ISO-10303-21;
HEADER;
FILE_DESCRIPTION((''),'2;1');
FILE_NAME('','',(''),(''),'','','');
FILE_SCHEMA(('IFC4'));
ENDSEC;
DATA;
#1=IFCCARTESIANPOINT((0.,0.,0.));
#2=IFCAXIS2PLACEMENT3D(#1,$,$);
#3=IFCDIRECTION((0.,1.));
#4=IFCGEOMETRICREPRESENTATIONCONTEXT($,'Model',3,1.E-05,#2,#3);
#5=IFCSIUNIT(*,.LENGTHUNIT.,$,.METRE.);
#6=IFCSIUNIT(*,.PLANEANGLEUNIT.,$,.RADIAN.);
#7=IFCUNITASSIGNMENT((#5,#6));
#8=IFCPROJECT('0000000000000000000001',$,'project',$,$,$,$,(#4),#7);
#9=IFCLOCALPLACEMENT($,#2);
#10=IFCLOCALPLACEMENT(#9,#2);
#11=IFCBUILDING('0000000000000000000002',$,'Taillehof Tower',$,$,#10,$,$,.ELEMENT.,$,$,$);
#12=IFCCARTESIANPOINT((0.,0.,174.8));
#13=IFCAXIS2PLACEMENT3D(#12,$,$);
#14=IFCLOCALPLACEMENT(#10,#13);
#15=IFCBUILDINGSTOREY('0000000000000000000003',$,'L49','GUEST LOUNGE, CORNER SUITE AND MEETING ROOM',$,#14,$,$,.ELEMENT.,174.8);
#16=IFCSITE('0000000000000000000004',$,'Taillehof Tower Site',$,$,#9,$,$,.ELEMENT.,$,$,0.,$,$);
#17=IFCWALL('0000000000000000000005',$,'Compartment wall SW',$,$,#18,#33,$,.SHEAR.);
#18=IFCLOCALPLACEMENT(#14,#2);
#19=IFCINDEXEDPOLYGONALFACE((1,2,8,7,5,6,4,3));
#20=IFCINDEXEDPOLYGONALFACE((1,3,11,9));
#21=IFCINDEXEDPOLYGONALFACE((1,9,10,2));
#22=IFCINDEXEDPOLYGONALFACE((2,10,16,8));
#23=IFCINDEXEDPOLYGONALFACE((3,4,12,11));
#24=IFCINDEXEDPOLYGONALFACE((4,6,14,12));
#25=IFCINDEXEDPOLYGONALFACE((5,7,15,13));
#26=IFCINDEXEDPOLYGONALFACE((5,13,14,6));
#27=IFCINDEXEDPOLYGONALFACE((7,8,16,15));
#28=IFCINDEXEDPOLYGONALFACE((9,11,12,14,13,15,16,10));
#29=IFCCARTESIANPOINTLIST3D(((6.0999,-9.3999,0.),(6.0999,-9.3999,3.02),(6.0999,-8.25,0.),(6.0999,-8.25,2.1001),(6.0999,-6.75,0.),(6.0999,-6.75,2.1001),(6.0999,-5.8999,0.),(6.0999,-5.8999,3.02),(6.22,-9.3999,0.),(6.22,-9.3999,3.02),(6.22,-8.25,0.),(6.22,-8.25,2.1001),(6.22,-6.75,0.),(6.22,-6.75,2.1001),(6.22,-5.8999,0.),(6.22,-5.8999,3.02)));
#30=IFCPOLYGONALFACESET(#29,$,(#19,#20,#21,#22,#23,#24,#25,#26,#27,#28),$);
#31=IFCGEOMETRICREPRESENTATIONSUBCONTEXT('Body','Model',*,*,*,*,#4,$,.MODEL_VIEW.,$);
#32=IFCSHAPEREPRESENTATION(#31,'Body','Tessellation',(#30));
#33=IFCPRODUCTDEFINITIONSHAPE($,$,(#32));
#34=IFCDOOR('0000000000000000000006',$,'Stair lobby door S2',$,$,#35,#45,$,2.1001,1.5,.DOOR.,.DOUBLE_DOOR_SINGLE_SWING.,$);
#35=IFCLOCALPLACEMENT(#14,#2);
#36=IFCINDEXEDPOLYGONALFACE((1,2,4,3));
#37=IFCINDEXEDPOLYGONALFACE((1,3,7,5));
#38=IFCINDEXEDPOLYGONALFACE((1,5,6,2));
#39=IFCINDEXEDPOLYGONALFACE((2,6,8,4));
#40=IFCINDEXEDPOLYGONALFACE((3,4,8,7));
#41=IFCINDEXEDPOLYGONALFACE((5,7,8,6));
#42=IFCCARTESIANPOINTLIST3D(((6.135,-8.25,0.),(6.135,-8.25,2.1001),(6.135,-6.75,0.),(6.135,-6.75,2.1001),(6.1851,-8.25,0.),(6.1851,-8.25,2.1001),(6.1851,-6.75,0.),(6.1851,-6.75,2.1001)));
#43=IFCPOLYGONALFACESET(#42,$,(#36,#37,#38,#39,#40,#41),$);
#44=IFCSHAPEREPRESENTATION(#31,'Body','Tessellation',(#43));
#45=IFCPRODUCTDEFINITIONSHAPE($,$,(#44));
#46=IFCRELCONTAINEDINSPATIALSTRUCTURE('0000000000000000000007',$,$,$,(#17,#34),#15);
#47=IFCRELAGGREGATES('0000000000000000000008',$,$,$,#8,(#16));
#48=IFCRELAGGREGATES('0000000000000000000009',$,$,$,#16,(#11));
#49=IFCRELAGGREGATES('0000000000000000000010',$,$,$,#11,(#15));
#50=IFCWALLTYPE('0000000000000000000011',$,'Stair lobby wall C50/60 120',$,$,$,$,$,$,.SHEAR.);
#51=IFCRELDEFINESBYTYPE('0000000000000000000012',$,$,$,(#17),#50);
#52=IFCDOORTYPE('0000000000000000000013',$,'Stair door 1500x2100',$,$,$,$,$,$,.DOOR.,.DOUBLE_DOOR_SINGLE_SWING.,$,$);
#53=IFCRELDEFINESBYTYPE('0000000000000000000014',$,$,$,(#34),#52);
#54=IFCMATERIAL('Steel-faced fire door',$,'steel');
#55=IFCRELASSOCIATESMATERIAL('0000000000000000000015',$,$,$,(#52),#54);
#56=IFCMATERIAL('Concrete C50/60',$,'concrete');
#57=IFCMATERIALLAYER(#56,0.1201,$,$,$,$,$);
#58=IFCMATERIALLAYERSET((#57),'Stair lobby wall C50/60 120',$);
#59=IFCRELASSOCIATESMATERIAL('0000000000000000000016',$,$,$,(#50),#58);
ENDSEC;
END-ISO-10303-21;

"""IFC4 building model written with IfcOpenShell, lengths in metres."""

from ifc_helpers import new_model, si_unit, direction, frame, frame_2d, origin, place, context, subcontext, project, spatial, rectangle, extrude, material, layer, layer_set, type_object, element, fill, save


model = new_model("IFC4")

# Units and contexts
model_context = context("Model", 3, precision=1e-05, world=origin(), true_north=direction((0.0, 1.0)))
body_context = subcontext(model_context, "Body", "Model", "MODEL_VIEW")
ifc_project = project(units=[si_unit("LENGTHUNIT", "METRE"), si_unit("PLANEANGLEUNIT", "RADIAN")], contexts=[model_context])

# Site, building, storey
site_placement = place(None, origin())
site = spatial("IfcSite", under=ifc_project, at=site_placement, Name="Taillehof Tower Site", CompositionType="ELEMENT", RefElevation=0.0)
building_placement = place(site_placement, origin())
building = spatial("IfcBuilding", under=site, at=building_placement, Name="Taillehof Tower", CompositionType="ELEMENT")
storey_placement = place(building_placement, frame((0.0, 0.0, 174.8)))
storey = spatial("IfcBuildingStorey", under=building, at=storey_placement, Name="L49", Description="GUEST LOUNGE, CORNER SUITE AND MEETING ROOM", CompositionType="ELEMENT", Elevation=174.8)

# Shared definitions
ifc_material_1 = material(Name="Steel-faced fire door", Category="steel")
door_type_1 = type_object("IfcDoorType", Name="Stair door 1500x2100", OperationType="DOUBLE_DOOR_SINGLE_SWING", PredefinedType="DOOR", material=ifc_material_1)

# Wall, opening, door
ifc_material_2 = material(Name="Concrete C50/60", Category="concrete")
ifc_layer_1 = layer(ifc_material_2, 0.1201)
ifc_layer_set_1 = layer_set([ifc_layer_1], Name="Stair lobby wall C50/60 120")
wall_type_1 = type_object("IfcWallType", Name="Stair lobby wall C50/60 120", PredefinedType="SHEAR", material=ifc_layer_set_1)
wall_1_placement = place(storey_placement, frame((6.1599, -9.3999, 0.0), z_axis=(0.0, 0.0, 1.0), x_axis=(0.0, 1.0, 0.0)))
wall_1 = element("IfcWall", 1, at=wall_1_placement, inside=storey, type_object=wall_type_1, Name="Compartment wall SW", PredefinedType="SHEAR", context=body_context, shape_type="SweptSolid", body=[
    extrude(rectangle(XDim=3.5, YDim=0.1201, at=frame_2d((1.75, 0.0))), origin(), (0.0, 0.0, 1.0), 3.02),
])
opening_1_placement = place(wall_1_placement, frame((1.1499, 0.0, 0.0)))
opening_1 = element("IfcOpeningElement", 2, at=opening_1_placement, cuts=wall_1, PredefinedType="OPENING", context=body_context, shape_type="SweptSolid", body=[
    extrude(rectangle(XDim=1.5, YDim=2.1001, at=frame_2d((0.75, 1.05))), frame((0.0, 0.0701, 0.0), z_axis=(0.0, -1.0, 0.0), x_axis=(1.0, 0.0, 0.0)), (0.0, 0.0, 1.0), 0.1401),
])
door_1_placement = place(opening_1_placement, origin())
door_1 = element("IfcDoor", 3, at=door_1_placement, inside=storey, type_object=door_type_1, Name="Stair lobby door S2", OperationType="DOUBLE_DOOR_SINGLE_SWING", OverallHeight=2.1001, OverallWidth=1.5, PredefinedType="DOOR", context=body_context, shape_type="SweptSolid", body=[
    extrude(rectangle(XDim=1.5, YDim=2.1001, at=frame_2d((0.75, 1.05))), frame((0.0, 0.0249, 0.0), z_axis=(0.0, -1.0, 0.0), x_axis=(1.0, 0.0, 0.0)), (0.0, 0.0, 1.0), 0.05),
])
fill(opening_1, door_1)

save(model, "model.ifc")
